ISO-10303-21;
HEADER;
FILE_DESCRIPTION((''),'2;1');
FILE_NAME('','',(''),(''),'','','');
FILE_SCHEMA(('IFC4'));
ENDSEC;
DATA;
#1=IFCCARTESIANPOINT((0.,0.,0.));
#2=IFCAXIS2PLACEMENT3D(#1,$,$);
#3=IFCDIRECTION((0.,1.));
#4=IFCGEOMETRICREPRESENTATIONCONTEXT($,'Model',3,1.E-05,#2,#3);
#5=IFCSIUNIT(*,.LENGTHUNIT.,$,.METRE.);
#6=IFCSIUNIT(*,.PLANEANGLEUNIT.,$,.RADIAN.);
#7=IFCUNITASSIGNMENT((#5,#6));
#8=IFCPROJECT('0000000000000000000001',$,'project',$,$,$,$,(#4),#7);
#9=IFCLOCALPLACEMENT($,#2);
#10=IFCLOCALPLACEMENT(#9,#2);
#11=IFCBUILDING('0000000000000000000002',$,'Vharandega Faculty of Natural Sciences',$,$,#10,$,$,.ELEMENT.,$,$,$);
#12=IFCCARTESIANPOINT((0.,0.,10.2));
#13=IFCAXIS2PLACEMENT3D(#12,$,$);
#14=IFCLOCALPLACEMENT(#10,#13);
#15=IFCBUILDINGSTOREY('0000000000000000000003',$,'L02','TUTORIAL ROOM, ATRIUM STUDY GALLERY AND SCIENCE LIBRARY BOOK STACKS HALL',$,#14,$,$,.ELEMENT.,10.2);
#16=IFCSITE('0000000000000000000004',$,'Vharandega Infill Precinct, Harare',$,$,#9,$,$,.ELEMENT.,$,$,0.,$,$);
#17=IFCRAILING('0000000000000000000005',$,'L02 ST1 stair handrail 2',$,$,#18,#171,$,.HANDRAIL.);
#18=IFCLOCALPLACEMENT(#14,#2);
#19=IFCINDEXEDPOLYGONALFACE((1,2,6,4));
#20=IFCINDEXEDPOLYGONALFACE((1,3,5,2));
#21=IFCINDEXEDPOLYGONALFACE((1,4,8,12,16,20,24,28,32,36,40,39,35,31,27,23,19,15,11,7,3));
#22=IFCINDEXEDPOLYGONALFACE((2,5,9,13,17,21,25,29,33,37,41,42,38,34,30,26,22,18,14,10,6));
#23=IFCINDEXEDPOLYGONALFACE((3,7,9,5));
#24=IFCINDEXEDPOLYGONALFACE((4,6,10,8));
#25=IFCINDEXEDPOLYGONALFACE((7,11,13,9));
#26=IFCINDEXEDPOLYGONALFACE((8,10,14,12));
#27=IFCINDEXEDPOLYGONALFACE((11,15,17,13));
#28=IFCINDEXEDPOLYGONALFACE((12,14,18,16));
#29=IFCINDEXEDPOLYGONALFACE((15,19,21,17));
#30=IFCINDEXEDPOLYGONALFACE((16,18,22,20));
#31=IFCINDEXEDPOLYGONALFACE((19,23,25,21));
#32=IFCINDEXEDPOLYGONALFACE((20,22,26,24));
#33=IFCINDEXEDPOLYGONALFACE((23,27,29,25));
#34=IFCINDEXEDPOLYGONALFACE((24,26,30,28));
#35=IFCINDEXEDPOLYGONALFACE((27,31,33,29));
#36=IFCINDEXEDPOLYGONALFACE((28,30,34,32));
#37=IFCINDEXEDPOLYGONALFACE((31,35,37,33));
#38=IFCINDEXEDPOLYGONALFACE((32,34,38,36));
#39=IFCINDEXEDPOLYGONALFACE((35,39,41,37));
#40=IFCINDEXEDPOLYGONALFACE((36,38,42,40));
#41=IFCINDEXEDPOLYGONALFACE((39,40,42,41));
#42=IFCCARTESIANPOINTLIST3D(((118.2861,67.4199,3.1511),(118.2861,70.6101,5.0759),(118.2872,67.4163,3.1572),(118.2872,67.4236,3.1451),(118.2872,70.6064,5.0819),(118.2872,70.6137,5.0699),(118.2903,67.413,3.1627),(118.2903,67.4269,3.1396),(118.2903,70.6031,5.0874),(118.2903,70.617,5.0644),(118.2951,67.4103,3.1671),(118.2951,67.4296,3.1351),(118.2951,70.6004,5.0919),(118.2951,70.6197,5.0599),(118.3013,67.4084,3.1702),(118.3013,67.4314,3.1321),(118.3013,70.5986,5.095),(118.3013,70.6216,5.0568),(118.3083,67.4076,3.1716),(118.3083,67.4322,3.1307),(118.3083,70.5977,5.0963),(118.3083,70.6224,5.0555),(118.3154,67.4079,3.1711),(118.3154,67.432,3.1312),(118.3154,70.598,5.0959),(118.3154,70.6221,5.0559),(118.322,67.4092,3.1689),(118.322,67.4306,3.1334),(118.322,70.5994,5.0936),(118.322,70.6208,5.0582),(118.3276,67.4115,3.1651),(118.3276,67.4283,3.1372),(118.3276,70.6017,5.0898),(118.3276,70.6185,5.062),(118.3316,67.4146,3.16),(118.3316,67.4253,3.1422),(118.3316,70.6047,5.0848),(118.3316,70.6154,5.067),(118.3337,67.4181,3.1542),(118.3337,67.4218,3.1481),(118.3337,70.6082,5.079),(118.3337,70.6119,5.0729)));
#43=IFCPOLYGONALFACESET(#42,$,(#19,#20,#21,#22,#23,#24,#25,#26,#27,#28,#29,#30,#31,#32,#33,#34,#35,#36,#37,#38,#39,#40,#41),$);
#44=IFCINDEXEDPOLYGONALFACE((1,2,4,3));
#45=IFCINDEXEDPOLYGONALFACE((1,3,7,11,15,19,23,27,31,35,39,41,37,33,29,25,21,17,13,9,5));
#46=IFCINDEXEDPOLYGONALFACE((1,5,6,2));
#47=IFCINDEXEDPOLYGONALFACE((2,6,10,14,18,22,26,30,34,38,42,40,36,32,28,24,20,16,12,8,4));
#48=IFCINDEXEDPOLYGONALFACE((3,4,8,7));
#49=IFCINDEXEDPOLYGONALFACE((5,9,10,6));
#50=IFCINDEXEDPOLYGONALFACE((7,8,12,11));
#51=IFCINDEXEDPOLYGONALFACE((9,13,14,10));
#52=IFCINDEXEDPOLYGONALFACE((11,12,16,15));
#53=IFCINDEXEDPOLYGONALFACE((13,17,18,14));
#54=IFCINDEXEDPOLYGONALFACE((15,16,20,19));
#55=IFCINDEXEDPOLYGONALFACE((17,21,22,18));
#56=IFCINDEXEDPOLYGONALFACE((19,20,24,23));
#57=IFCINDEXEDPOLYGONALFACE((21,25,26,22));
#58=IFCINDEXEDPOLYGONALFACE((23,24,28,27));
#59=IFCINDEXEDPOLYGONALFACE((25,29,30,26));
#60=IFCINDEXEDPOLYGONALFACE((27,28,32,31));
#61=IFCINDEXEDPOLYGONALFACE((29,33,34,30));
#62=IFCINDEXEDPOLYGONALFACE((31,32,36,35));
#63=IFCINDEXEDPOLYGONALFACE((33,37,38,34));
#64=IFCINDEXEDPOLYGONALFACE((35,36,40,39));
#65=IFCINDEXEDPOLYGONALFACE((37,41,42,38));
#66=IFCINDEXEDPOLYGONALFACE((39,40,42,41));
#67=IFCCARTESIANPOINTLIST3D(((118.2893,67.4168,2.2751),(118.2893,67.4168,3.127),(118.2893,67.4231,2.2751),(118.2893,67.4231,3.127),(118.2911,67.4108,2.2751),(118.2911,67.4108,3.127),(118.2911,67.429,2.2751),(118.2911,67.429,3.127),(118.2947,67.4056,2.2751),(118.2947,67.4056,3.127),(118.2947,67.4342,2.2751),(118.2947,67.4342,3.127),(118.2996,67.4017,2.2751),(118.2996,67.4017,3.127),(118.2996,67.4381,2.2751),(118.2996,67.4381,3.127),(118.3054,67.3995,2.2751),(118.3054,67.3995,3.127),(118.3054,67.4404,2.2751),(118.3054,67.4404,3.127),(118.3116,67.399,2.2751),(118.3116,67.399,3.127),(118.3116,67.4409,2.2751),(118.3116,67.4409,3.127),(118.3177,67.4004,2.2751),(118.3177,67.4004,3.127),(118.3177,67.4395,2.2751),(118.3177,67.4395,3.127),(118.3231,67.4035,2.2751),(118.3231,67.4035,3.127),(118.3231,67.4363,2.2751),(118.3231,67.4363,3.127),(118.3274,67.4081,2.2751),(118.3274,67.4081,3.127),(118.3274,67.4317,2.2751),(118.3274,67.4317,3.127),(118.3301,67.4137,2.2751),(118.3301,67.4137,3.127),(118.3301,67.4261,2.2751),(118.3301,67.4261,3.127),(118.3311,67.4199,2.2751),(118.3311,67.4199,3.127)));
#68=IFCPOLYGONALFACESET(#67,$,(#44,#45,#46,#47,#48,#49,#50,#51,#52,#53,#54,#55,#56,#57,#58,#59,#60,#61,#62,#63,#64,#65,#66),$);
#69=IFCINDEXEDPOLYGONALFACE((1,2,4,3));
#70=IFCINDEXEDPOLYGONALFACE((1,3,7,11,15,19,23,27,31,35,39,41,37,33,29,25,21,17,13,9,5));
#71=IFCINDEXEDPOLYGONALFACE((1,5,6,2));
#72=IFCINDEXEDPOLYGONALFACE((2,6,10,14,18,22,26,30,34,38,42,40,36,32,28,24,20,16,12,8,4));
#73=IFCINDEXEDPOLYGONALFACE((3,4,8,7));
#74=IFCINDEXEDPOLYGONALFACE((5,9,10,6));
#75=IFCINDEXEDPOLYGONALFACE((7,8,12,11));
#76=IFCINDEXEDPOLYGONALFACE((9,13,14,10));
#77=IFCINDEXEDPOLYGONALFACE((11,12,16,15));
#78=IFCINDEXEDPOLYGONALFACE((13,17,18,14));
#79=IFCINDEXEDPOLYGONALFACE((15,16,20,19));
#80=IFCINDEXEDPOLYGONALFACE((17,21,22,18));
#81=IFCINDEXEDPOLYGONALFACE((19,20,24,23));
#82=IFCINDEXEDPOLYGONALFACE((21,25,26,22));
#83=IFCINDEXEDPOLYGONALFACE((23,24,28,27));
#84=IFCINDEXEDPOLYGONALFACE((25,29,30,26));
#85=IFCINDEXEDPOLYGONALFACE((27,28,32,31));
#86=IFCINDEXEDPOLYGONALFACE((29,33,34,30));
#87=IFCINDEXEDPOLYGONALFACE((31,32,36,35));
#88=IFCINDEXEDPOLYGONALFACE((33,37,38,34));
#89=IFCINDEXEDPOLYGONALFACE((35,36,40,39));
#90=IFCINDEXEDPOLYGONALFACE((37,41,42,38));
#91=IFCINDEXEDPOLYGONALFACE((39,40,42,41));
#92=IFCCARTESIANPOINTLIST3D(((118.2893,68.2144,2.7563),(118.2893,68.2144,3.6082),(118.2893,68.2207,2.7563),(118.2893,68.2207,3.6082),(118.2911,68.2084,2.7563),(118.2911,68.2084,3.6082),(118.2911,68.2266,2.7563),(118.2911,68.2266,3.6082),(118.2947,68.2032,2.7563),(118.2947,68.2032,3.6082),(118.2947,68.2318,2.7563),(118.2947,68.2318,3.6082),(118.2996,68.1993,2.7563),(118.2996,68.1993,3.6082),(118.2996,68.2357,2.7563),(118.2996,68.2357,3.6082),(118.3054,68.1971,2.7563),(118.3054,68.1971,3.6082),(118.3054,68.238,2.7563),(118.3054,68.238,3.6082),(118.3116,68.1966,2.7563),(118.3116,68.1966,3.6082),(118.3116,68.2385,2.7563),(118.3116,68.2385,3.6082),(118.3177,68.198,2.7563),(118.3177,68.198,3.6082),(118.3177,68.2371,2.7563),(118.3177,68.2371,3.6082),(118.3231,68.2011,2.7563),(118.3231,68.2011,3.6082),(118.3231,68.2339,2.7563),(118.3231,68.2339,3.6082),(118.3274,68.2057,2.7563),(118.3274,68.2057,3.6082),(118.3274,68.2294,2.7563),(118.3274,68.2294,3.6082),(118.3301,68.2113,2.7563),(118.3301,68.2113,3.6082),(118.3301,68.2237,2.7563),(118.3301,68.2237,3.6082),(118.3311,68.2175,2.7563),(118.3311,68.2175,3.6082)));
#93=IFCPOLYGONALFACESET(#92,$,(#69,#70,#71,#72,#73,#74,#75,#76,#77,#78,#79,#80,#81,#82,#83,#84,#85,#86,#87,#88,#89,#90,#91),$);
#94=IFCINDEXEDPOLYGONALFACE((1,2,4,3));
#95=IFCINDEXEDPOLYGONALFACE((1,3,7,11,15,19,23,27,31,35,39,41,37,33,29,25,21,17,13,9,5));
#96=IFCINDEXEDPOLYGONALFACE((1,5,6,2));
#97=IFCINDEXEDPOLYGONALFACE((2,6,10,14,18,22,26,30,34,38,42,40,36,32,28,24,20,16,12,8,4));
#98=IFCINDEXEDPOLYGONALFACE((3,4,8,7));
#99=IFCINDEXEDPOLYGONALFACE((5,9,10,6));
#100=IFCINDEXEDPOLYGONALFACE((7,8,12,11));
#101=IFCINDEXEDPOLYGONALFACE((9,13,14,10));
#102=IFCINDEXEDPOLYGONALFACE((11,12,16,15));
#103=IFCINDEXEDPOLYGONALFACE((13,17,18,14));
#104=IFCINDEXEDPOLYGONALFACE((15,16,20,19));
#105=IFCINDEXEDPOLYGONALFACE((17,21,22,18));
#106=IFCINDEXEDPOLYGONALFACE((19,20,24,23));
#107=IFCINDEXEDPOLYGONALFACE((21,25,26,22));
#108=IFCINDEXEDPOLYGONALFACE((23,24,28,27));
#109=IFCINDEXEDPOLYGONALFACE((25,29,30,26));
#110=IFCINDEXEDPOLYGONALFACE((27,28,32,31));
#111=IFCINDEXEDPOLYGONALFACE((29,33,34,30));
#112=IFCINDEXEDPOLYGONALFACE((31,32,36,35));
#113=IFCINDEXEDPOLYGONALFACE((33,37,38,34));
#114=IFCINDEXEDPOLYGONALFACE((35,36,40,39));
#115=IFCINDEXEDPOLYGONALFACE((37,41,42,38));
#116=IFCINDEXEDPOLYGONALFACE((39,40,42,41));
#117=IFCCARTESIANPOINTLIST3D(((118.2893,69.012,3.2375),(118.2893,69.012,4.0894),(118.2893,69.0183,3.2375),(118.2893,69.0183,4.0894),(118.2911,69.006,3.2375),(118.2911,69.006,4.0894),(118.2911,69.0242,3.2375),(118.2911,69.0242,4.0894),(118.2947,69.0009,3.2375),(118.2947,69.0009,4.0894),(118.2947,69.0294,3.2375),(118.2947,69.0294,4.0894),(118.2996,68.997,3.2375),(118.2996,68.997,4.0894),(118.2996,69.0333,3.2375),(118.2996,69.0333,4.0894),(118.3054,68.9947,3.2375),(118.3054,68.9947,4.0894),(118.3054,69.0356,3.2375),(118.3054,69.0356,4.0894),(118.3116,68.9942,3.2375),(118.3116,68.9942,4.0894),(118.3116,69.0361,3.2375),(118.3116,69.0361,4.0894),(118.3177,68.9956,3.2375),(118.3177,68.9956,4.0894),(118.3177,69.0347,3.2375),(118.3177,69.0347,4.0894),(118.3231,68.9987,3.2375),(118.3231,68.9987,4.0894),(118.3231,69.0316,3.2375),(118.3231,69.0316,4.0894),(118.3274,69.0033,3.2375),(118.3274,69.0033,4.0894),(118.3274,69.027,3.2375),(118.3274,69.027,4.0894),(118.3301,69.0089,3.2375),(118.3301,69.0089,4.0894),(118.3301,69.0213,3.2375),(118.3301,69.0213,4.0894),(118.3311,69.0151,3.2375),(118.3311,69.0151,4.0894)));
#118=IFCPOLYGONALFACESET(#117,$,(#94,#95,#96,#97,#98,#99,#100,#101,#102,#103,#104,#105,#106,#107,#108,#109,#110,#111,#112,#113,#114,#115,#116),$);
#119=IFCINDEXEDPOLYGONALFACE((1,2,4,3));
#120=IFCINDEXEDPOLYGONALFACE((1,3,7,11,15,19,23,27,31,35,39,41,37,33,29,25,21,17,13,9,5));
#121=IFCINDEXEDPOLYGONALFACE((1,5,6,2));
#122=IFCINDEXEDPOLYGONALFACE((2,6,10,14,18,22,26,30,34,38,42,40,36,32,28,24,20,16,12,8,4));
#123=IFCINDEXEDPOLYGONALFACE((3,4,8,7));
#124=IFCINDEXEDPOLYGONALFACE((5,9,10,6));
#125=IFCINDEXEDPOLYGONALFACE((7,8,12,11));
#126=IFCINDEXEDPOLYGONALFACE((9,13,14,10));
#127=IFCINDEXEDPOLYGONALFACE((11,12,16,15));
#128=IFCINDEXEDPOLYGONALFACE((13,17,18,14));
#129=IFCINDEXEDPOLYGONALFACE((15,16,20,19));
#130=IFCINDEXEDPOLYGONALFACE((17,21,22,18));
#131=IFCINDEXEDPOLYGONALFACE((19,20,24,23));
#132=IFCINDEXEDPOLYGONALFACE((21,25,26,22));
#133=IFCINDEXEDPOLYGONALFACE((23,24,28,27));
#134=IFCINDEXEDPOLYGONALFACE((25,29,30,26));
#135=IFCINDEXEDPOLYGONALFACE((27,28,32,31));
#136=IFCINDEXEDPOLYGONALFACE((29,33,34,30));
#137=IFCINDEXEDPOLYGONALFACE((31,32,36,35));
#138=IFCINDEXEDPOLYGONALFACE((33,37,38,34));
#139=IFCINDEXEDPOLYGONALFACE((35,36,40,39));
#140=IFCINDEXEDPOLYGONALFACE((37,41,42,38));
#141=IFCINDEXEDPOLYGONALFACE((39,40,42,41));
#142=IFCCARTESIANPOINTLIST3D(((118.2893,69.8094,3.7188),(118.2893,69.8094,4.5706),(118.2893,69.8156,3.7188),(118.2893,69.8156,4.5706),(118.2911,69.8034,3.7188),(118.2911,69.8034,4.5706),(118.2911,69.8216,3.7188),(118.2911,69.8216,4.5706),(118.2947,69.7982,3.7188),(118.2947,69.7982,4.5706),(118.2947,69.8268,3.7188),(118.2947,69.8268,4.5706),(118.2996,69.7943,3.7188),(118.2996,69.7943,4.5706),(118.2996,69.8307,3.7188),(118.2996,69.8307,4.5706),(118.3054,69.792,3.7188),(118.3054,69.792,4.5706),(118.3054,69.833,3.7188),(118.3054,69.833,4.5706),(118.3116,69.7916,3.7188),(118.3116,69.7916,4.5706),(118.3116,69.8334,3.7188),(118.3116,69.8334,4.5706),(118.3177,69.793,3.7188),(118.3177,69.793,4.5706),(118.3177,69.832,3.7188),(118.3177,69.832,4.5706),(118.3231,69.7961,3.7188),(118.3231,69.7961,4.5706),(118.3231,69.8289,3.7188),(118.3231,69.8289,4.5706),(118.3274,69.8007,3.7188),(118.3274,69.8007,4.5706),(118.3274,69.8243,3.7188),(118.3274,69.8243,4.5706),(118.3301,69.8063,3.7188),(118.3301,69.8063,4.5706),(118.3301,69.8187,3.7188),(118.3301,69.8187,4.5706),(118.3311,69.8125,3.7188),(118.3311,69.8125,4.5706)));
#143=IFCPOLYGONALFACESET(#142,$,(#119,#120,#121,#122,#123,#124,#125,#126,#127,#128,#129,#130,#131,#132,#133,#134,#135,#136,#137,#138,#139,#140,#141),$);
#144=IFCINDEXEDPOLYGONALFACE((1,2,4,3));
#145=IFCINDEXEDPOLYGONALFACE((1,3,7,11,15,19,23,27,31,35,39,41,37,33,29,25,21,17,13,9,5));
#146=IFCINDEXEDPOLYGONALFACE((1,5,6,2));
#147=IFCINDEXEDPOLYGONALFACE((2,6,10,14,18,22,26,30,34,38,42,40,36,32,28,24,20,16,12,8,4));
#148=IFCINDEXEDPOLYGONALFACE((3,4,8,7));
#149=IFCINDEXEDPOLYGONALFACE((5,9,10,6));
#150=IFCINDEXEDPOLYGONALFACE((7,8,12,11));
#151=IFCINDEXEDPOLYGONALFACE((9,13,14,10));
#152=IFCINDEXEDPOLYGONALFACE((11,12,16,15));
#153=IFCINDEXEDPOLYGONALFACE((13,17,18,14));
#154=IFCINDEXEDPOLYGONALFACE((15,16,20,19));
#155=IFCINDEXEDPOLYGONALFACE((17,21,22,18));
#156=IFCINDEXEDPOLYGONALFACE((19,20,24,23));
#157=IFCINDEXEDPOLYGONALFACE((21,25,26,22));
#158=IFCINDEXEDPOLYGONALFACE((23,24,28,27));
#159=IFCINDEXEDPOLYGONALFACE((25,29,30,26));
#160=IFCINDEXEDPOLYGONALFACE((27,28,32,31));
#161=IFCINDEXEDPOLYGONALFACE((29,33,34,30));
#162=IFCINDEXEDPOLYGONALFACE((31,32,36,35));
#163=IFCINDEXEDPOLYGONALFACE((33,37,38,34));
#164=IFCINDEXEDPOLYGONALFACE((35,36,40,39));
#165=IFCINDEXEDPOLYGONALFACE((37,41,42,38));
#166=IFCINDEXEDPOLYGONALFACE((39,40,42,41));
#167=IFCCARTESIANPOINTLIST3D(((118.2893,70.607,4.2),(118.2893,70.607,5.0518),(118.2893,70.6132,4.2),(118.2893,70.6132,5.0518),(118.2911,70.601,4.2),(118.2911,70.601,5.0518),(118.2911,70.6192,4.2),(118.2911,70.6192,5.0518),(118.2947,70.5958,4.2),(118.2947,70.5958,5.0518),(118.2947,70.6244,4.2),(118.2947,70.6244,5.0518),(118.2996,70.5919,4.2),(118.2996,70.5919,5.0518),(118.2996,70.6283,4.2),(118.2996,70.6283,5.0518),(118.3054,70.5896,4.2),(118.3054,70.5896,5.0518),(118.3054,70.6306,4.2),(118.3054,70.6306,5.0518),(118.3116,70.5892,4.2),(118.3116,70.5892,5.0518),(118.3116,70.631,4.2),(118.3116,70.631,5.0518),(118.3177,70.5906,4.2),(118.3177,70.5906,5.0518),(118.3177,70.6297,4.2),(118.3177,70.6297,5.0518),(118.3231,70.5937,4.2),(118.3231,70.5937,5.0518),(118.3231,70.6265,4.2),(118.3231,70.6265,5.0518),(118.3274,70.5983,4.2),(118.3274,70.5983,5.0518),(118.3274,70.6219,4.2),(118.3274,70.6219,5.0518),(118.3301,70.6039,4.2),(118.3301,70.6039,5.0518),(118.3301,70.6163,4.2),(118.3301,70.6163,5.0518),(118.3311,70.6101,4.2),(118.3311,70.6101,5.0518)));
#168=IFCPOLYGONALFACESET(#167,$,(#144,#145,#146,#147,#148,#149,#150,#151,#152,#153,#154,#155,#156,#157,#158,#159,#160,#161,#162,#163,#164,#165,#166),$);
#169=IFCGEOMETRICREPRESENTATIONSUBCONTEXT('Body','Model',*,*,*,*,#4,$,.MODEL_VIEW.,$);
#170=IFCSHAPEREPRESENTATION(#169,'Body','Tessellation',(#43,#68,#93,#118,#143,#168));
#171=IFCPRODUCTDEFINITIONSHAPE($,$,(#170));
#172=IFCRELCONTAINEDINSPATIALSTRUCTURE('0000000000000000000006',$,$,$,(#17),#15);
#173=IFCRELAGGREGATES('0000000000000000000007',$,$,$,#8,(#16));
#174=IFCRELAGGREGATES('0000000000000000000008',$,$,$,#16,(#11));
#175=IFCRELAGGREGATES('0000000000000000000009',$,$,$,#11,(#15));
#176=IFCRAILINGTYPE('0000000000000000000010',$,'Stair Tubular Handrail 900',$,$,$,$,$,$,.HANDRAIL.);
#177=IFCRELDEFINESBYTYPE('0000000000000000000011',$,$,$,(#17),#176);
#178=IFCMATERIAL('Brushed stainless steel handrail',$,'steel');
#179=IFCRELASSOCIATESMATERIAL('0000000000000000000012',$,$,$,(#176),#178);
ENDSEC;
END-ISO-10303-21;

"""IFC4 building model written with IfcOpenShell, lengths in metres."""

from ifc_helpers import new_model, si_unit, direction, frame, origin, origin_2d, place, context, subcontext, project, spatial, circle, extrude, material, type_object, element, save


model = new_model("IFC4")

# Units and contexts
model_context = context("Model", 3, precision=1e-05, world=origin(), true_north=direction((0.0, 1.0)))
body_context = subcontext(model_context, "Body", "Model", "MODEL_VIEW")
ifc_project = project(units=[si_unit("LENGTHUNIT", "METRE"), si_unit("PLANEANGLEUNIT", "RADIAN")], contexts=[model_context])

# Site, building, storey
site_placement = place(None, origin())
site = spatial("IfcSite", under=ifc_project, at=site_placement, Name="Vharandega Infill Precinct, Harare", CompositionType="ELEMENT", RefElevation=0.0)
building_placement = place(site_placement, origin())
building = spatial("IfcBuilding", under=site, at=building_placement, Name="Vharandega Faculty of Natural Sciences", CompositionType="ELEMENT")
storey_placement = place(building_placement, frame((0.0, 0.0, 10.2)))
storey = spatial("IfcBuildingStorey", under=building, at=storey_placement, Name="L02", Description="TUTORIAL ROOM, ATRIUM STUDY GALLERY AND SCIENCE LIBRARY BOOK STACKS HALL", CompositionType="ELEMENT", Elevation=10.2)

# Railing
ifc_material_1 = material(Name="Brushed stainless steel handrail", Category="steel")
railing_type_1 = type_object("IfcRailingType", Name="Stair Tubular Handrail 900", PredefinedType="HANDRAIL", material=ifc_material_1)
railing_1_placement = place(storey_placement, frame((118.3101, 67.4199, 2.2751)))
element("IfcRailing", 1, at=railing_1_placement, inside=storey, type_object=railing_type_1, Name="L02 ST1 stair handrail 2", PredefinedType="HANDRAIL", context=body_context, shape_type="SweptSolid", body=[
    extrude(circle(Radius=0.0239, at=origin_2d()), frame((0.0, 0.0, 0.876), z_axis=(0.0, 0.856224, 0.516605), x_axis=(-1.0, 0.0, 0.0)), (0.0, 0.0, 1.0), 3.7258),
    extrude(circle(Radius=0.021, at=origin_2d()), origin(), (0.0, 0.0, 1.0), 0.8518),
    extrude(circle(Radius=0.021, at=origin_2d()), frame((0.0, 0.7976, 0.4812)), (0.0, 0.0, 1.0), 0.8518),
    extrude(circle(Radius=0.021, at=origin_2d()), frame((0.0, 1.5952, 0.9624)), (0.0, 0.0, 1.0), 0.8518),
    extrude(circle(Radius=0.021, at=origin_2d()), frame((0.0, 2.3926, 1.4436)), (0.0, 0.0, 1.0), 0.8518),
    extrude(circle(Radius=0.021, at=origin_2d()), frame((0.0, 3.1902, 1.9248)), (0.0, 0.0, 1.0), 0.8518),
])

save(model, "model.ifc")
